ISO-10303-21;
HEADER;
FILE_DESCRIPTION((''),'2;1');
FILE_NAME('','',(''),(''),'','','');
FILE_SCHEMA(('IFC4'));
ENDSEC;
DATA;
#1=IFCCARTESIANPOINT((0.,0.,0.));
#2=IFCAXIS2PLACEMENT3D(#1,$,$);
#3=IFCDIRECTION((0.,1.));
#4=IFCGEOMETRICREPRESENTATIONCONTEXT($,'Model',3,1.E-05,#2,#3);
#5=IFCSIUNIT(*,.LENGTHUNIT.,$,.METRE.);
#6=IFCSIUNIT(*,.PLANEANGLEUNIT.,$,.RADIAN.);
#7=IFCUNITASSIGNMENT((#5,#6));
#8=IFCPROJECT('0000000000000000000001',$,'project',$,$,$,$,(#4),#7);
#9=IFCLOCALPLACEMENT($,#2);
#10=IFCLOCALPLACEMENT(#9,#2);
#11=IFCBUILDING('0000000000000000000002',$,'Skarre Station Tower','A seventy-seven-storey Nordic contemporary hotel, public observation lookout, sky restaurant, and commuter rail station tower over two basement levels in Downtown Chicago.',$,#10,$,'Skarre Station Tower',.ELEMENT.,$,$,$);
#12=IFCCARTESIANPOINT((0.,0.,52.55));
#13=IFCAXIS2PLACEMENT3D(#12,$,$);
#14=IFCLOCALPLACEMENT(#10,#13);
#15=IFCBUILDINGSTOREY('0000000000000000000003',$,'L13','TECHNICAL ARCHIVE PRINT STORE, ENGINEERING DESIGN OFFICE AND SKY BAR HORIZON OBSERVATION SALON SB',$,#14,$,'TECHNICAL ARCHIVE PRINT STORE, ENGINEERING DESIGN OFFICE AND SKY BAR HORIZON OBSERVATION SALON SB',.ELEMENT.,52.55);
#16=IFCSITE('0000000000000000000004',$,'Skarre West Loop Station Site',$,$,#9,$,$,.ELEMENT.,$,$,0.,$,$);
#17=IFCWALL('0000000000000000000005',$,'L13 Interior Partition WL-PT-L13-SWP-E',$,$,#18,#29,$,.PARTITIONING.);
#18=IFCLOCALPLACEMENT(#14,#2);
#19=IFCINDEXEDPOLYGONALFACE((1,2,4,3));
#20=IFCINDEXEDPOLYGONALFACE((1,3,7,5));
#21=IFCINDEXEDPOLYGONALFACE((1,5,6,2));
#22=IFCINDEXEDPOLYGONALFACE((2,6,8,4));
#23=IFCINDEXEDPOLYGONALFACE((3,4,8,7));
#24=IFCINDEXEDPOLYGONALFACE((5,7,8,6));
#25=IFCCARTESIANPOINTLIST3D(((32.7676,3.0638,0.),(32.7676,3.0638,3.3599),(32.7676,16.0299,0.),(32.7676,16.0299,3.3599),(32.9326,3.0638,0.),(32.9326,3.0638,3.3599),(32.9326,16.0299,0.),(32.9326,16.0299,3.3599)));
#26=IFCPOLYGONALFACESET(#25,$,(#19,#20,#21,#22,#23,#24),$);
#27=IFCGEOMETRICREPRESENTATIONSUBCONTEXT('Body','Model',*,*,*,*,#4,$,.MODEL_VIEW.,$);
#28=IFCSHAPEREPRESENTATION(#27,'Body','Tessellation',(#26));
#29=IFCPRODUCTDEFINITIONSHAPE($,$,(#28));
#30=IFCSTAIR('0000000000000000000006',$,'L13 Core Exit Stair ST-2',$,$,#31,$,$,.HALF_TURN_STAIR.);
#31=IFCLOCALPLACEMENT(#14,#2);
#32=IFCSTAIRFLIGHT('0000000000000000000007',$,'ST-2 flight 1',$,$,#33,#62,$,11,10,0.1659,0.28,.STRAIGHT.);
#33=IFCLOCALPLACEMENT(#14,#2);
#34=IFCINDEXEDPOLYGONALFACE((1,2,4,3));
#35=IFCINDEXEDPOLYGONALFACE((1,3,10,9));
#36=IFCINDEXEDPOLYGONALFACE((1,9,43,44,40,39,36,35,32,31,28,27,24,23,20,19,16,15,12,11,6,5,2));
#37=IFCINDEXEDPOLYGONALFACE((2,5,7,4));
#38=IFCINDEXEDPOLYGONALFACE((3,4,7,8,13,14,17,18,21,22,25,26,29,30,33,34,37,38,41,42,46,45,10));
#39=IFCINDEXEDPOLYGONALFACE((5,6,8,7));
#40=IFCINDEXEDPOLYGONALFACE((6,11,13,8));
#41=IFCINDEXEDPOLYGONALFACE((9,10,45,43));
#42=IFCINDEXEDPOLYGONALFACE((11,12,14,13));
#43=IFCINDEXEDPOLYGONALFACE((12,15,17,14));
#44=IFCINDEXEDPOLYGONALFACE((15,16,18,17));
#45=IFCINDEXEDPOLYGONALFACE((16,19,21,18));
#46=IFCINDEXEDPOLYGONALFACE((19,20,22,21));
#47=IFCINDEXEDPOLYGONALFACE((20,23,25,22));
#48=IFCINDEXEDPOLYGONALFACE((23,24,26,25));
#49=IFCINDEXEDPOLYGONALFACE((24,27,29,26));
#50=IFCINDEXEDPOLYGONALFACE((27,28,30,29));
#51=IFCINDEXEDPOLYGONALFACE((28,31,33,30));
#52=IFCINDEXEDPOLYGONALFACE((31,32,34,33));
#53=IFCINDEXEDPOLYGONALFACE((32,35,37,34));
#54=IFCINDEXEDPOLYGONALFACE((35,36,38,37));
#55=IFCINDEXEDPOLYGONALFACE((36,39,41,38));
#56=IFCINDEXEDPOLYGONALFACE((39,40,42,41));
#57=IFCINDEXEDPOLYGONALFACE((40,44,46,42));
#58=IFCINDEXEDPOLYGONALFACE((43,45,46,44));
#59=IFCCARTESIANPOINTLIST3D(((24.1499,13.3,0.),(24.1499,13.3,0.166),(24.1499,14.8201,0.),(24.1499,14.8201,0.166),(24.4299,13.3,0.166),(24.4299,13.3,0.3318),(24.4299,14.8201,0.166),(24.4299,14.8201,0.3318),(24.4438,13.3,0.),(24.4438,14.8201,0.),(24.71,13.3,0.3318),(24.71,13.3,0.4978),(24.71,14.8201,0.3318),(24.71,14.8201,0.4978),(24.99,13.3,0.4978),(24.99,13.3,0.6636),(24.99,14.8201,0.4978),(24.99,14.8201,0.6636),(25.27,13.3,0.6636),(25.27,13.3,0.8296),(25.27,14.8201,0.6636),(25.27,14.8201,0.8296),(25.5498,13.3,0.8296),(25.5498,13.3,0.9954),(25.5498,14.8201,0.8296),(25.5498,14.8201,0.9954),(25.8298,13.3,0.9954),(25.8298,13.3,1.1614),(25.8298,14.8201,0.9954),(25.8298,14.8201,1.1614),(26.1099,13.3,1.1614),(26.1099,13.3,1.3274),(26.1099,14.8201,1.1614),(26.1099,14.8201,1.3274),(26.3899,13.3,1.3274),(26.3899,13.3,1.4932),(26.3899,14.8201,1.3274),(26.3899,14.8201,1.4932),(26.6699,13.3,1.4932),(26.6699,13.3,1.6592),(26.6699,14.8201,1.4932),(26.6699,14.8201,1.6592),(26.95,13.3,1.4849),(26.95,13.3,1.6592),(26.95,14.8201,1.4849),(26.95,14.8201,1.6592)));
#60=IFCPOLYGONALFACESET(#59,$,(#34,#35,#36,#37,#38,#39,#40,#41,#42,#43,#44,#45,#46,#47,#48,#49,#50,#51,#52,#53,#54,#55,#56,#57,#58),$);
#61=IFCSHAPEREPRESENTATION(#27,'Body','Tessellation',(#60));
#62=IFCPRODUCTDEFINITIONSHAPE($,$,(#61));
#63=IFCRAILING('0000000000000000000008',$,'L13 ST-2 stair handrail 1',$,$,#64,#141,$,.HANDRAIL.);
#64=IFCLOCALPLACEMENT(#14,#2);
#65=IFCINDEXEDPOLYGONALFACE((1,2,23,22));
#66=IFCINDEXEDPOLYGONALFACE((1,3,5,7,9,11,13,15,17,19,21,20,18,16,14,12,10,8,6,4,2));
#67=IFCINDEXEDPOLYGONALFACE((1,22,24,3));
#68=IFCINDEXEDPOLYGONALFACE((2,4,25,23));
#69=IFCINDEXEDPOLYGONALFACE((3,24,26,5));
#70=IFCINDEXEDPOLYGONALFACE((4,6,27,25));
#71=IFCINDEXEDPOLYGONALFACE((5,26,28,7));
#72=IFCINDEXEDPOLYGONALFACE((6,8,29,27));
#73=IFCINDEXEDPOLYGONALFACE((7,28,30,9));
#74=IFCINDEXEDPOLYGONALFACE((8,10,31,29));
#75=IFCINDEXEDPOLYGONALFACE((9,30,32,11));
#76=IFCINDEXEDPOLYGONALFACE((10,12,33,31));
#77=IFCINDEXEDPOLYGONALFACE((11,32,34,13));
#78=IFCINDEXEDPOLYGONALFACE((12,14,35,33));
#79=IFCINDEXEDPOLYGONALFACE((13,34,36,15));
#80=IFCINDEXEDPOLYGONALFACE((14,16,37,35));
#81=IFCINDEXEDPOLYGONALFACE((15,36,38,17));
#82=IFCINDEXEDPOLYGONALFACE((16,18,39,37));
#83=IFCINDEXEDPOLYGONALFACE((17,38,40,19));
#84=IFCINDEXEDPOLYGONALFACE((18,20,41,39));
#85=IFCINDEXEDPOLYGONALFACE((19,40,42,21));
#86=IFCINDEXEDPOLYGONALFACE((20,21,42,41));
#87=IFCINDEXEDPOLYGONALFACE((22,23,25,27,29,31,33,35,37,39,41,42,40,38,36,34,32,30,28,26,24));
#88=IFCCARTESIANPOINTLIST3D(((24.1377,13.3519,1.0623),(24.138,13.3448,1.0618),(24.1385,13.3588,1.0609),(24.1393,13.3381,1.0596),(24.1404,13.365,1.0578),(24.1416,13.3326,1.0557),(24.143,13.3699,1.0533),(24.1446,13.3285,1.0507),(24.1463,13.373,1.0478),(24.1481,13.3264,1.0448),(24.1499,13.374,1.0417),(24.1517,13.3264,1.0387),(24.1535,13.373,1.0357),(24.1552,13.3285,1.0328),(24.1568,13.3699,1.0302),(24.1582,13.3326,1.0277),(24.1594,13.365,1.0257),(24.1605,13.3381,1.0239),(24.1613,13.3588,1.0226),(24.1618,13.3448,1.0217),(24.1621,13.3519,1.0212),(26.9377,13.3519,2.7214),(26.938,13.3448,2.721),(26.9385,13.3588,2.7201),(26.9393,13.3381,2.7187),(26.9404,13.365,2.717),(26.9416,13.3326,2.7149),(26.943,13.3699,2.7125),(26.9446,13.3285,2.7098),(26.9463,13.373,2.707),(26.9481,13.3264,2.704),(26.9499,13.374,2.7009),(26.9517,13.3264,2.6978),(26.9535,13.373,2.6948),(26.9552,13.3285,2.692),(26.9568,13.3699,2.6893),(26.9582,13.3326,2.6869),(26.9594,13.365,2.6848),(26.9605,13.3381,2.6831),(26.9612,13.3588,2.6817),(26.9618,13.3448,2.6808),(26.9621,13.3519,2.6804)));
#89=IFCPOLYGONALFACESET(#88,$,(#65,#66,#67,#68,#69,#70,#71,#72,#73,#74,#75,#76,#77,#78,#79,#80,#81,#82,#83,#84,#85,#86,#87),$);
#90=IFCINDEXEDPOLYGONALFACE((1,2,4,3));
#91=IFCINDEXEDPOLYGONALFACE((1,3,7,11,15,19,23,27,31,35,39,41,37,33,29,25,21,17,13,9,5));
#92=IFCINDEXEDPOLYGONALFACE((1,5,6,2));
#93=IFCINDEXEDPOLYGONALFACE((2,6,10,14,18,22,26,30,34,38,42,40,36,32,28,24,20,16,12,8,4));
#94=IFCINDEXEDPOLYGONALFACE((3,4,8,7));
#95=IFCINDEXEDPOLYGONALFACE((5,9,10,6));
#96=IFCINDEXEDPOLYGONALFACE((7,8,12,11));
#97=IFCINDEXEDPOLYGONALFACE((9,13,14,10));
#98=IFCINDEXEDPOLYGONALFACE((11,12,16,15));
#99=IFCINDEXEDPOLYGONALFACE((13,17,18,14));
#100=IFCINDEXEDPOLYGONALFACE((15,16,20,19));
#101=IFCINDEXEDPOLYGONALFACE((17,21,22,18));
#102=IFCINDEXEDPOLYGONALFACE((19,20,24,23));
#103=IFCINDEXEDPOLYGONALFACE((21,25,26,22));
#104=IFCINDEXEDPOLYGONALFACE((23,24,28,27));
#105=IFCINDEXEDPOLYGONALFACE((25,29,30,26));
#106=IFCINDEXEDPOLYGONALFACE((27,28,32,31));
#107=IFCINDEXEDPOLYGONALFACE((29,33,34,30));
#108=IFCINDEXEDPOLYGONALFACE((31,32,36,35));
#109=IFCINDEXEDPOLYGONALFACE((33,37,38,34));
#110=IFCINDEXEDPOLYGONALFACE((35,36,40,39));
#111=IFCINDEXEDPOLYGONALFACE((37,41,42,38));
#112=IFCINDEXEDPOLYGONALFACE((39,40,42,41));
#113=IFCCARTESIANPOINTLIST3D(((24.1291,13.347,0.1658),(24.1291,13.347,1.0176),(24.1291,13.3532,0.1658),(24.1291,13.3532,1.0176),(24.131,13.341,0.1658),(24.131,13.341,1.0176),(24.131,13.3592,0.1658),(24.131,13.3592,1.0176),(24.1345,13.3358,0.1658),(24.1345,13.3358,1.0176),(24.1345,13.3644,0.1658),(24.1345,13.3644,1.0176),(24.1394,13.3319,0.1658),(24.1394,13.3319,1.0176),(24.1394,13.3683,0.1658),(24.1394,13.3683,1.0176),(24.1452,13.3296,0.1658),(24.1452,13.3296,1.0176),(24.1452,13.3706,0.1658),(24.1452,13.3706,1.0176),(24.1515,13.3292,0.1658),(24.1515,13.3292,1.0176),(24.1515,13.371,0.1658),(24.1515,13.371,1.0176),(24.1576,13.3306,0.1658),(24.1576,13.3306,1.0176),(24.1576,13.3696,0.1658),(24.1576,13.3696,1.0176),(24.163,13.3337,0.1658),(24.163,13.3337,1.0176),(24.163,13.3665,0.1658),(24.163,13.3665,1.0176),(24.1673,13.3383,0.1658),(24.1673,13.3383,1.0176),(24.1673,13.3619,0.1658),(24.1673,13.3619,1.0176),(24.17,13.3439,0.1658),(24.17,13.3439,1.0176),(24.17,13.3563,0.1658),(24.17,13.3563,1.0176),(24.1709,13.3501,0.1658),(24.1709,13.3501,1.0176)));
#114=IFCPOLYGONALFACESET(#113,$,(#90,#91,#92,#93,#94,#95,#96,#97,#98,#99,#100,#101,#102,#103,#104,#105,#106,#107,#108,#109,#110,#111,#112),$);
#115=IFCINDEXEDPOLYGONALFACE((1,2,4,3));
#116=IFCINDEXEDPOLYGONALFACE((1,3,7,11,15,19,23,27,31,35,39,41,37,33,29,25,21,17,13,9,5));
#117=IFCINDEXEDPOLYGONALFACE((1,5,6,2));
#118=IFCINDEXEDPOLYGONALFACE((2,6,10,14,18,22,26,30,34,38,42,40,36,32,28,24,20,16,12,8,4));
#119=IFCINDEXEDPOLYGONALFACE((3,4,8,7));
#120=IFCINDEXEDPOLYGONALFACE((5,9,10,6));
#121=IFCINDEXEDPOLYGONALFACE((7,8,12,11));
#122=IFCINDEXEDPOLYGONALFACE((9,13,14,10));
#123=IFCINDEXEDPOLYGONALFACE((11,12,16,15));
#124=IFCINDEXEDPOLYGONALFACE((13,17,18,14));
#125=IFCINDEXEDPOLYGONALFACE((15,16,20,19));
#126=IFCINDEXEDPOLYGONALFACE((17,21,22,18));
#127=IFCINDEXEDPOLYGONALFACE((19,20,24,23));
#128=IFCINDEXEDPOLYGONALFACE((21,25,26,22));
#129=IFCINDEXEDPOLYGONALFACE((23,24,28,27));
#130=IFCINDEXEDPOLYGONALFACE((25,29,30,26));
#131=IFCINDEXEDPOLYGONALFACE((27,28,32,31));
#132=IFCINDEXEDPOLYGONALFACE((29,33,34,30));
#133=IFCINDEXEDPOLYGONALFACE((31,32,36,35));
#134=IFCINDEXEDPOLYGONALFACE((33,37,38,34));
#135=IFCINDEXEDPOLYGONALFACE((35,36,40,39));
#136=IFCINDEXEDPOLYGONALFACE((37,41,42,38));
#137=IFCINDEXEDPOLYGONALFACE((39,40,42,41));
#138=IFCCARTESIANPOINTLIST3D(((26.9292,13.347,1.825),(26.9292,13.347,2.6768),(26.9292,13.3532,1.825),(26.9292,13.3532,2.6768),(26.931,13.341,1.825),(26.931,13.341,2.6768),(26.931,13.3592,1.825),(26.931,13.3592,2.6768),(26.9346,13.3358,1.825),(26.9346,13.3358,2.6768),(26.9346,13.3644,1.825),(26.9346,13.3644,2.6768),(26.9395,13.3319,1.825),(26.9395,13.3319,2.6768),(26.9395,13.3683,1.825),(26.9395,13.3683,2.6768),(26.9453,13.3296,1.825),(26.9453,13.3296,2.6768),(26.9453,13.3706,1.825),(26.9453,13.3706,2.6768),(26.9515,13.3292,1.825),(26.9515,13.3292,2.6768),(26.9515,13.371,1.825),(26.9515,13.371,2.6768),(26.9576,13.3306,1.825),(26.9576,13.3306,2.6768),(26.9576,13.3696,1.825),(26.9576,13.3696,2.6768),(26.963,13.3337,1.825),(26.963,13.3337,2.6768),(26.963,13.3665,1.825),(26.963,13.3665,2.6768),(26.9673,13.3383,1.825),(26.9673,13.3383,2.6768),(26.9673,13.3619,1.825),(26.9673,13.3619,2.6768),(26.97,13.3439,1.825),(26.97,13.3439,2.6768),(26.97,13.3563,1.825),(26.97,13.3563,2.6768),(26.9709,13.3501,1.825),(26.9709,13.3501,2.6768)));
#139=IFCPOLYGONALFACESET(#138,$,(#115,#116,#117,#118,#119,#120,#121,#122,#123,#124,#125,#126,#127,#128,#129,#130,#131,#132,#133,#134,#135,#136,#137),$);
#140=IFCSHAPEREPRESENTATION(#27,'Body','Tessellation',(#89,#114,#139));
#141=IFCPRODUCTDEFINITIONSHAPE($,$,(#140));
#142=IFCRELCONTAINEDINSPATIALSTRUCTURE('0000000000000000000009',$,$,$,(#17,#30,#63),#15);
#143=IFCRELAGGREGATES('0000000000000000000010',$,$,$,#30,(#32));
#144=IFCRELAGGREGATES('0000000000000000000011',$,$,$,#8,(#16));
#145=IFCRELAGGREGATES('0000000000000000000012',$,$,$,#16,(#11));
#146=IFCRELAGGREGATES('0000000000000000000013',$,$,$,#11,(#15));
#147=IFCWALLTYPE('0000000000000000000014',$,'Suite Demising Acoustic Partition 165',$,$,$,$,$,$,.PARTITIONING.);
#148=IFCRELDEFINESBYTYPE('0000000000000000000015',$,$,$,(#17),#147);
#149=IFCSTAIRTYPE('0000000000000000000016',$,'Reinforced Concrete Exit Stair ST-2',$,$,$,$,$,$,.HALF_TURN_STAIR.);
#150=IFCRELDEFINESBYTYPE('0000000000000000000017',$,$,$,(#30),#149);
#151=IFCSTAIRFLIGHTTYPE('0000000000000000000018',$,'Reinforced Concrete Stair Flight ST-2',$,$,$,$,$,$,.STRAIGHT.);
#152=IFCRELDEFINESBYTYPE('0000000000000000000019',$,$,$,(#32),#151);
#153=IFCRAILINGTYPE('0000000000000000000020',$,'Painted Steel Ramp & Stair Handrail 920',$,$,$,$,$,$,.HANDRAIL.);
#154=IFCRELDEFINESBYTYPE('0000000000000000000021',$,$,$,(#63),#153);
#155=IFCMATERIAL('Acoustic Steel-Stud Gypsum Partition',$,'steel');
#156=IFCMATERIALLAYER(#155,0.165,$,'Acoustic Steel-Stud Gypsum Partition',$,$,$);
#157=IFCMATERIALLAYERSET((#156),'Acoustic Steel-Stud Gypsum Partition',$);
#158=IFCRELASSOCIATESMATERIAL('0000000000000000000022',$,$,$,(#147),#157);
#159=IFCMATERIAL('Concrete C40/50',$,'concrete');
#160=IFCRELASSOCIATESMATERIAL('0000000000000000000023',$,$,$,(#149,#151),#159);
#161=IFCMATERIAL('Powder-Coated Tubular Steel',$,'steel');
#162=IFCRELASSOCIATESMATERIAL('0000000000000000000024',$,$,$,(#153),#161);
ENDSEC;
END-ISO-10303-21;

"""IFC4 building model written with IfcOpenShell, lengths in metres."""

from ifc_helpers import new_model, si_unit, direction, frame, frame_2d, origin, origin_2d, place, context, subcontext, project, spatial, polyline, rectangle, circle, outline, extrude, material, layer, layer_set, type_object, element, aggregate, save


model = new_model("IFC4")

# Units and contexts
model_context = context("Model", 3, precision=1e-05, world=origin(), true_north=direction((0.0, 1.0)))
body_context = subcontext(model_context, "Body", "Model", "MODEL_VIEW")
ifc_project = project(units=[si_unit("LENGTHUNIT", "METRE"), si_unit("PLANEANGLEUNIT", "RADIAN")], contexts=[model_context])

# Site, building, storey
site_placement = place(None, origin())
site = spatial("IfcSite", under=ifc_project, at=site_placement, Name="Skarre West Loop Station Site", CompositionType="ELEMENT", RefElevation=0.0)
building_placement = place(site_placement, origin())
building = spatial("IfcBuilding", under=site, at=building_placement, Name="Skarre Station Tower", Description="A seventy-seven-storey Nordic contemporary hotel, public observation lookout, sky restaurant, and commuter rail station tower over two basement levels in Downtown Chicago.", LongName="Skarre Station Tower", CompositionType="ELEMENT")
storey_placement = place(building_placement, frame((0.0, 0.0, 52.55)))
storey = spatial("IfcBuildingStorey", under=building, at=storey_placement, Name="L13", Description="TECHNICAL ARCHIVE PRINT STORE, ENGINEERING DESIGN OFFICE AND SKY BAR HORIZON OBSERVATION SALON SB", LongName="TECHNICAL ARCHIVE PRINT STORE, ENGINEERING DESIGN OFFICE AND SKY BAR HORIZON OBSERVATION SALON SB", CompositionType="ELEMENT", Elevation=52.55)

# Wall
ifc_material_1 = material(Name="Acoustic Steel-Stud Gypsum Partition", Category="steel")
ifc_layer_1 = layer(ifc_material_1, 0.165, Name="Acoustic Steel-Stud Gypsum Partition")
ifc_layer_set_1 = layer_set([ifc_layer_1], Name="Acoustic Steel-Stud Gypsum Partition")
wall_type_1 = type_object("IfcWallType", Name="Suite Demising Acoustic Partition 165", PredefinedType="PARTITIONING", material=ifc_layer_set_1)
wall_1_placement = place(storey_placement, frame((32.8501, 3.064, 0.0), z_axis=(0.0, 0.0, 1.0), x_axis=(0.0, 1.0, 0.0)))
element("IfcWall", 1, at=wall_1_placement, inside=storey, type_object=wall_type_1, Name="L13 Interior Partition WL-PT-L13-SWP-E", PredefinedType="PARTITIONING", context=body_context, shape_type="SweptSolid", body=[
    extrude(rectangle(XDim=12.9661, YDim=0.165, at=frame_2d((6.4829, 0.0))), origin(), (0.0, 0.0, 1.0), 3.3599),
])

# Stair, stair flight
ifc_material_2 = material(Name="Concrete C40/50", Category="concrete")
stair_type = type_object("IfcStairType", Name="Reinforced Concrete Exit Stair ST-2", PredefinedType="HALF_TURN_STAIR", material=ifc_material_2)
stair_placement = place(storey_placement, origin())
stair = element("IfcStair", 2, at=stair_placement, inside=storey, type_object=stair_type, Name="L13 Core Exit Stair ST-2", PredefinedType="HALF_TURN_STAIR")
stair_flight_type = type_object("IfcStairFlightType", Name="Reinforced Concrete Stair Flight ST-2", PredefinedType="STRAIGHT", material=ifc_material_2)
stair_flight_placement = place(storey_placement, frame((24.1499, 14.0601, 0.0), z_axis=(0.0, 0.0, 1.0), x_axis=(1.0, 0.0, 0.0)))
stair_flight = element("IfcStairFlight", 3, at=stair_flight_placement, type_object=stair_flight_type, Name="ST-2 flight 1", NumberOfRisers=11, NumberOfTreads=10, PredefinedType="STRAIGHT", RiserHeight=0.1659, TreadLength=0.28, context=body_context, shape_type="SweptSolid", body=[
    extrude(outline(polyline([(0.0, 0.0), (0.0, 0.166), (0.28, 0.166), (0.28, 0.3318), (0.5601, 0.3318), (0.5601, 0.4978), (0.8401, 0.4978), (0.8401, 0.6636), (1.1201, 0.6636), (1.1201, 0.8296), (1.3999, 0.8296), (1.3999, 0.9954), (1.6799, 0.9954), (1.6799, 1.1614), (1.96, 1.1614), (1.96, 1.3274), (2.24, 1.3274), (2.24, 1.4932), (2.52, 1.4932), (2.52, 1.6592), (2.8, 1.6592), (2.8, 1.825), (2.8, 1.4849), (0.2939, 0.0), (0.0, 0.0)])), frame((0.0, 0.76, 0.0), z_axis=(0.0, -1.0, 0.0), x_axis=(1.0, 0.0, 0.0)), (0.0, 0.0, 1.0), 1.52),
])
aggregate(stair, [stair_flight])

# Railing
ifc_material_3 = material(Name="Powder-Coated Tubular Steel", Category="steel")
railing_type_1 = type_object("IfcRailingType", Name="Painted Steel Ramp & Stair Handrail 920", PredefinedType="HANDRAIL", material=ifc_material_3)
railing_1_placement = place(storey_placement, frame((24.1499, 13.3501, 0.1658)))
element("IfcRailing", 4, at=railing_1_placement, inside=storey, type_object=railing_type_1, Name="L13 ST-2 stair handrail 1", PredefinedType="HANDRAIL", context=body_context, shape_type="SweptSolid", body=[
    extrude(circle(Radius=0.0239, at=origin_2d()), frame((0.0, 0.0, 0.876), z_axis=(0.860306, 0.0, 0.509778), x_axis=(0.0, 1.0, 0.0)), (0.0, 0.0, 1.0), 3.2546),
    extrude(circle(Radius=0.021, at=origin_2d()), origin(), (0.0, 0.0, 1.0), 0.8518),
    extrude(circle(Radius=0.021, at=origin_2d()), frame((2.8, 0.0, 1.6592)), (0.0, 0.0, 1.0), 0.8518),
])

save(model, "model.ifc")
